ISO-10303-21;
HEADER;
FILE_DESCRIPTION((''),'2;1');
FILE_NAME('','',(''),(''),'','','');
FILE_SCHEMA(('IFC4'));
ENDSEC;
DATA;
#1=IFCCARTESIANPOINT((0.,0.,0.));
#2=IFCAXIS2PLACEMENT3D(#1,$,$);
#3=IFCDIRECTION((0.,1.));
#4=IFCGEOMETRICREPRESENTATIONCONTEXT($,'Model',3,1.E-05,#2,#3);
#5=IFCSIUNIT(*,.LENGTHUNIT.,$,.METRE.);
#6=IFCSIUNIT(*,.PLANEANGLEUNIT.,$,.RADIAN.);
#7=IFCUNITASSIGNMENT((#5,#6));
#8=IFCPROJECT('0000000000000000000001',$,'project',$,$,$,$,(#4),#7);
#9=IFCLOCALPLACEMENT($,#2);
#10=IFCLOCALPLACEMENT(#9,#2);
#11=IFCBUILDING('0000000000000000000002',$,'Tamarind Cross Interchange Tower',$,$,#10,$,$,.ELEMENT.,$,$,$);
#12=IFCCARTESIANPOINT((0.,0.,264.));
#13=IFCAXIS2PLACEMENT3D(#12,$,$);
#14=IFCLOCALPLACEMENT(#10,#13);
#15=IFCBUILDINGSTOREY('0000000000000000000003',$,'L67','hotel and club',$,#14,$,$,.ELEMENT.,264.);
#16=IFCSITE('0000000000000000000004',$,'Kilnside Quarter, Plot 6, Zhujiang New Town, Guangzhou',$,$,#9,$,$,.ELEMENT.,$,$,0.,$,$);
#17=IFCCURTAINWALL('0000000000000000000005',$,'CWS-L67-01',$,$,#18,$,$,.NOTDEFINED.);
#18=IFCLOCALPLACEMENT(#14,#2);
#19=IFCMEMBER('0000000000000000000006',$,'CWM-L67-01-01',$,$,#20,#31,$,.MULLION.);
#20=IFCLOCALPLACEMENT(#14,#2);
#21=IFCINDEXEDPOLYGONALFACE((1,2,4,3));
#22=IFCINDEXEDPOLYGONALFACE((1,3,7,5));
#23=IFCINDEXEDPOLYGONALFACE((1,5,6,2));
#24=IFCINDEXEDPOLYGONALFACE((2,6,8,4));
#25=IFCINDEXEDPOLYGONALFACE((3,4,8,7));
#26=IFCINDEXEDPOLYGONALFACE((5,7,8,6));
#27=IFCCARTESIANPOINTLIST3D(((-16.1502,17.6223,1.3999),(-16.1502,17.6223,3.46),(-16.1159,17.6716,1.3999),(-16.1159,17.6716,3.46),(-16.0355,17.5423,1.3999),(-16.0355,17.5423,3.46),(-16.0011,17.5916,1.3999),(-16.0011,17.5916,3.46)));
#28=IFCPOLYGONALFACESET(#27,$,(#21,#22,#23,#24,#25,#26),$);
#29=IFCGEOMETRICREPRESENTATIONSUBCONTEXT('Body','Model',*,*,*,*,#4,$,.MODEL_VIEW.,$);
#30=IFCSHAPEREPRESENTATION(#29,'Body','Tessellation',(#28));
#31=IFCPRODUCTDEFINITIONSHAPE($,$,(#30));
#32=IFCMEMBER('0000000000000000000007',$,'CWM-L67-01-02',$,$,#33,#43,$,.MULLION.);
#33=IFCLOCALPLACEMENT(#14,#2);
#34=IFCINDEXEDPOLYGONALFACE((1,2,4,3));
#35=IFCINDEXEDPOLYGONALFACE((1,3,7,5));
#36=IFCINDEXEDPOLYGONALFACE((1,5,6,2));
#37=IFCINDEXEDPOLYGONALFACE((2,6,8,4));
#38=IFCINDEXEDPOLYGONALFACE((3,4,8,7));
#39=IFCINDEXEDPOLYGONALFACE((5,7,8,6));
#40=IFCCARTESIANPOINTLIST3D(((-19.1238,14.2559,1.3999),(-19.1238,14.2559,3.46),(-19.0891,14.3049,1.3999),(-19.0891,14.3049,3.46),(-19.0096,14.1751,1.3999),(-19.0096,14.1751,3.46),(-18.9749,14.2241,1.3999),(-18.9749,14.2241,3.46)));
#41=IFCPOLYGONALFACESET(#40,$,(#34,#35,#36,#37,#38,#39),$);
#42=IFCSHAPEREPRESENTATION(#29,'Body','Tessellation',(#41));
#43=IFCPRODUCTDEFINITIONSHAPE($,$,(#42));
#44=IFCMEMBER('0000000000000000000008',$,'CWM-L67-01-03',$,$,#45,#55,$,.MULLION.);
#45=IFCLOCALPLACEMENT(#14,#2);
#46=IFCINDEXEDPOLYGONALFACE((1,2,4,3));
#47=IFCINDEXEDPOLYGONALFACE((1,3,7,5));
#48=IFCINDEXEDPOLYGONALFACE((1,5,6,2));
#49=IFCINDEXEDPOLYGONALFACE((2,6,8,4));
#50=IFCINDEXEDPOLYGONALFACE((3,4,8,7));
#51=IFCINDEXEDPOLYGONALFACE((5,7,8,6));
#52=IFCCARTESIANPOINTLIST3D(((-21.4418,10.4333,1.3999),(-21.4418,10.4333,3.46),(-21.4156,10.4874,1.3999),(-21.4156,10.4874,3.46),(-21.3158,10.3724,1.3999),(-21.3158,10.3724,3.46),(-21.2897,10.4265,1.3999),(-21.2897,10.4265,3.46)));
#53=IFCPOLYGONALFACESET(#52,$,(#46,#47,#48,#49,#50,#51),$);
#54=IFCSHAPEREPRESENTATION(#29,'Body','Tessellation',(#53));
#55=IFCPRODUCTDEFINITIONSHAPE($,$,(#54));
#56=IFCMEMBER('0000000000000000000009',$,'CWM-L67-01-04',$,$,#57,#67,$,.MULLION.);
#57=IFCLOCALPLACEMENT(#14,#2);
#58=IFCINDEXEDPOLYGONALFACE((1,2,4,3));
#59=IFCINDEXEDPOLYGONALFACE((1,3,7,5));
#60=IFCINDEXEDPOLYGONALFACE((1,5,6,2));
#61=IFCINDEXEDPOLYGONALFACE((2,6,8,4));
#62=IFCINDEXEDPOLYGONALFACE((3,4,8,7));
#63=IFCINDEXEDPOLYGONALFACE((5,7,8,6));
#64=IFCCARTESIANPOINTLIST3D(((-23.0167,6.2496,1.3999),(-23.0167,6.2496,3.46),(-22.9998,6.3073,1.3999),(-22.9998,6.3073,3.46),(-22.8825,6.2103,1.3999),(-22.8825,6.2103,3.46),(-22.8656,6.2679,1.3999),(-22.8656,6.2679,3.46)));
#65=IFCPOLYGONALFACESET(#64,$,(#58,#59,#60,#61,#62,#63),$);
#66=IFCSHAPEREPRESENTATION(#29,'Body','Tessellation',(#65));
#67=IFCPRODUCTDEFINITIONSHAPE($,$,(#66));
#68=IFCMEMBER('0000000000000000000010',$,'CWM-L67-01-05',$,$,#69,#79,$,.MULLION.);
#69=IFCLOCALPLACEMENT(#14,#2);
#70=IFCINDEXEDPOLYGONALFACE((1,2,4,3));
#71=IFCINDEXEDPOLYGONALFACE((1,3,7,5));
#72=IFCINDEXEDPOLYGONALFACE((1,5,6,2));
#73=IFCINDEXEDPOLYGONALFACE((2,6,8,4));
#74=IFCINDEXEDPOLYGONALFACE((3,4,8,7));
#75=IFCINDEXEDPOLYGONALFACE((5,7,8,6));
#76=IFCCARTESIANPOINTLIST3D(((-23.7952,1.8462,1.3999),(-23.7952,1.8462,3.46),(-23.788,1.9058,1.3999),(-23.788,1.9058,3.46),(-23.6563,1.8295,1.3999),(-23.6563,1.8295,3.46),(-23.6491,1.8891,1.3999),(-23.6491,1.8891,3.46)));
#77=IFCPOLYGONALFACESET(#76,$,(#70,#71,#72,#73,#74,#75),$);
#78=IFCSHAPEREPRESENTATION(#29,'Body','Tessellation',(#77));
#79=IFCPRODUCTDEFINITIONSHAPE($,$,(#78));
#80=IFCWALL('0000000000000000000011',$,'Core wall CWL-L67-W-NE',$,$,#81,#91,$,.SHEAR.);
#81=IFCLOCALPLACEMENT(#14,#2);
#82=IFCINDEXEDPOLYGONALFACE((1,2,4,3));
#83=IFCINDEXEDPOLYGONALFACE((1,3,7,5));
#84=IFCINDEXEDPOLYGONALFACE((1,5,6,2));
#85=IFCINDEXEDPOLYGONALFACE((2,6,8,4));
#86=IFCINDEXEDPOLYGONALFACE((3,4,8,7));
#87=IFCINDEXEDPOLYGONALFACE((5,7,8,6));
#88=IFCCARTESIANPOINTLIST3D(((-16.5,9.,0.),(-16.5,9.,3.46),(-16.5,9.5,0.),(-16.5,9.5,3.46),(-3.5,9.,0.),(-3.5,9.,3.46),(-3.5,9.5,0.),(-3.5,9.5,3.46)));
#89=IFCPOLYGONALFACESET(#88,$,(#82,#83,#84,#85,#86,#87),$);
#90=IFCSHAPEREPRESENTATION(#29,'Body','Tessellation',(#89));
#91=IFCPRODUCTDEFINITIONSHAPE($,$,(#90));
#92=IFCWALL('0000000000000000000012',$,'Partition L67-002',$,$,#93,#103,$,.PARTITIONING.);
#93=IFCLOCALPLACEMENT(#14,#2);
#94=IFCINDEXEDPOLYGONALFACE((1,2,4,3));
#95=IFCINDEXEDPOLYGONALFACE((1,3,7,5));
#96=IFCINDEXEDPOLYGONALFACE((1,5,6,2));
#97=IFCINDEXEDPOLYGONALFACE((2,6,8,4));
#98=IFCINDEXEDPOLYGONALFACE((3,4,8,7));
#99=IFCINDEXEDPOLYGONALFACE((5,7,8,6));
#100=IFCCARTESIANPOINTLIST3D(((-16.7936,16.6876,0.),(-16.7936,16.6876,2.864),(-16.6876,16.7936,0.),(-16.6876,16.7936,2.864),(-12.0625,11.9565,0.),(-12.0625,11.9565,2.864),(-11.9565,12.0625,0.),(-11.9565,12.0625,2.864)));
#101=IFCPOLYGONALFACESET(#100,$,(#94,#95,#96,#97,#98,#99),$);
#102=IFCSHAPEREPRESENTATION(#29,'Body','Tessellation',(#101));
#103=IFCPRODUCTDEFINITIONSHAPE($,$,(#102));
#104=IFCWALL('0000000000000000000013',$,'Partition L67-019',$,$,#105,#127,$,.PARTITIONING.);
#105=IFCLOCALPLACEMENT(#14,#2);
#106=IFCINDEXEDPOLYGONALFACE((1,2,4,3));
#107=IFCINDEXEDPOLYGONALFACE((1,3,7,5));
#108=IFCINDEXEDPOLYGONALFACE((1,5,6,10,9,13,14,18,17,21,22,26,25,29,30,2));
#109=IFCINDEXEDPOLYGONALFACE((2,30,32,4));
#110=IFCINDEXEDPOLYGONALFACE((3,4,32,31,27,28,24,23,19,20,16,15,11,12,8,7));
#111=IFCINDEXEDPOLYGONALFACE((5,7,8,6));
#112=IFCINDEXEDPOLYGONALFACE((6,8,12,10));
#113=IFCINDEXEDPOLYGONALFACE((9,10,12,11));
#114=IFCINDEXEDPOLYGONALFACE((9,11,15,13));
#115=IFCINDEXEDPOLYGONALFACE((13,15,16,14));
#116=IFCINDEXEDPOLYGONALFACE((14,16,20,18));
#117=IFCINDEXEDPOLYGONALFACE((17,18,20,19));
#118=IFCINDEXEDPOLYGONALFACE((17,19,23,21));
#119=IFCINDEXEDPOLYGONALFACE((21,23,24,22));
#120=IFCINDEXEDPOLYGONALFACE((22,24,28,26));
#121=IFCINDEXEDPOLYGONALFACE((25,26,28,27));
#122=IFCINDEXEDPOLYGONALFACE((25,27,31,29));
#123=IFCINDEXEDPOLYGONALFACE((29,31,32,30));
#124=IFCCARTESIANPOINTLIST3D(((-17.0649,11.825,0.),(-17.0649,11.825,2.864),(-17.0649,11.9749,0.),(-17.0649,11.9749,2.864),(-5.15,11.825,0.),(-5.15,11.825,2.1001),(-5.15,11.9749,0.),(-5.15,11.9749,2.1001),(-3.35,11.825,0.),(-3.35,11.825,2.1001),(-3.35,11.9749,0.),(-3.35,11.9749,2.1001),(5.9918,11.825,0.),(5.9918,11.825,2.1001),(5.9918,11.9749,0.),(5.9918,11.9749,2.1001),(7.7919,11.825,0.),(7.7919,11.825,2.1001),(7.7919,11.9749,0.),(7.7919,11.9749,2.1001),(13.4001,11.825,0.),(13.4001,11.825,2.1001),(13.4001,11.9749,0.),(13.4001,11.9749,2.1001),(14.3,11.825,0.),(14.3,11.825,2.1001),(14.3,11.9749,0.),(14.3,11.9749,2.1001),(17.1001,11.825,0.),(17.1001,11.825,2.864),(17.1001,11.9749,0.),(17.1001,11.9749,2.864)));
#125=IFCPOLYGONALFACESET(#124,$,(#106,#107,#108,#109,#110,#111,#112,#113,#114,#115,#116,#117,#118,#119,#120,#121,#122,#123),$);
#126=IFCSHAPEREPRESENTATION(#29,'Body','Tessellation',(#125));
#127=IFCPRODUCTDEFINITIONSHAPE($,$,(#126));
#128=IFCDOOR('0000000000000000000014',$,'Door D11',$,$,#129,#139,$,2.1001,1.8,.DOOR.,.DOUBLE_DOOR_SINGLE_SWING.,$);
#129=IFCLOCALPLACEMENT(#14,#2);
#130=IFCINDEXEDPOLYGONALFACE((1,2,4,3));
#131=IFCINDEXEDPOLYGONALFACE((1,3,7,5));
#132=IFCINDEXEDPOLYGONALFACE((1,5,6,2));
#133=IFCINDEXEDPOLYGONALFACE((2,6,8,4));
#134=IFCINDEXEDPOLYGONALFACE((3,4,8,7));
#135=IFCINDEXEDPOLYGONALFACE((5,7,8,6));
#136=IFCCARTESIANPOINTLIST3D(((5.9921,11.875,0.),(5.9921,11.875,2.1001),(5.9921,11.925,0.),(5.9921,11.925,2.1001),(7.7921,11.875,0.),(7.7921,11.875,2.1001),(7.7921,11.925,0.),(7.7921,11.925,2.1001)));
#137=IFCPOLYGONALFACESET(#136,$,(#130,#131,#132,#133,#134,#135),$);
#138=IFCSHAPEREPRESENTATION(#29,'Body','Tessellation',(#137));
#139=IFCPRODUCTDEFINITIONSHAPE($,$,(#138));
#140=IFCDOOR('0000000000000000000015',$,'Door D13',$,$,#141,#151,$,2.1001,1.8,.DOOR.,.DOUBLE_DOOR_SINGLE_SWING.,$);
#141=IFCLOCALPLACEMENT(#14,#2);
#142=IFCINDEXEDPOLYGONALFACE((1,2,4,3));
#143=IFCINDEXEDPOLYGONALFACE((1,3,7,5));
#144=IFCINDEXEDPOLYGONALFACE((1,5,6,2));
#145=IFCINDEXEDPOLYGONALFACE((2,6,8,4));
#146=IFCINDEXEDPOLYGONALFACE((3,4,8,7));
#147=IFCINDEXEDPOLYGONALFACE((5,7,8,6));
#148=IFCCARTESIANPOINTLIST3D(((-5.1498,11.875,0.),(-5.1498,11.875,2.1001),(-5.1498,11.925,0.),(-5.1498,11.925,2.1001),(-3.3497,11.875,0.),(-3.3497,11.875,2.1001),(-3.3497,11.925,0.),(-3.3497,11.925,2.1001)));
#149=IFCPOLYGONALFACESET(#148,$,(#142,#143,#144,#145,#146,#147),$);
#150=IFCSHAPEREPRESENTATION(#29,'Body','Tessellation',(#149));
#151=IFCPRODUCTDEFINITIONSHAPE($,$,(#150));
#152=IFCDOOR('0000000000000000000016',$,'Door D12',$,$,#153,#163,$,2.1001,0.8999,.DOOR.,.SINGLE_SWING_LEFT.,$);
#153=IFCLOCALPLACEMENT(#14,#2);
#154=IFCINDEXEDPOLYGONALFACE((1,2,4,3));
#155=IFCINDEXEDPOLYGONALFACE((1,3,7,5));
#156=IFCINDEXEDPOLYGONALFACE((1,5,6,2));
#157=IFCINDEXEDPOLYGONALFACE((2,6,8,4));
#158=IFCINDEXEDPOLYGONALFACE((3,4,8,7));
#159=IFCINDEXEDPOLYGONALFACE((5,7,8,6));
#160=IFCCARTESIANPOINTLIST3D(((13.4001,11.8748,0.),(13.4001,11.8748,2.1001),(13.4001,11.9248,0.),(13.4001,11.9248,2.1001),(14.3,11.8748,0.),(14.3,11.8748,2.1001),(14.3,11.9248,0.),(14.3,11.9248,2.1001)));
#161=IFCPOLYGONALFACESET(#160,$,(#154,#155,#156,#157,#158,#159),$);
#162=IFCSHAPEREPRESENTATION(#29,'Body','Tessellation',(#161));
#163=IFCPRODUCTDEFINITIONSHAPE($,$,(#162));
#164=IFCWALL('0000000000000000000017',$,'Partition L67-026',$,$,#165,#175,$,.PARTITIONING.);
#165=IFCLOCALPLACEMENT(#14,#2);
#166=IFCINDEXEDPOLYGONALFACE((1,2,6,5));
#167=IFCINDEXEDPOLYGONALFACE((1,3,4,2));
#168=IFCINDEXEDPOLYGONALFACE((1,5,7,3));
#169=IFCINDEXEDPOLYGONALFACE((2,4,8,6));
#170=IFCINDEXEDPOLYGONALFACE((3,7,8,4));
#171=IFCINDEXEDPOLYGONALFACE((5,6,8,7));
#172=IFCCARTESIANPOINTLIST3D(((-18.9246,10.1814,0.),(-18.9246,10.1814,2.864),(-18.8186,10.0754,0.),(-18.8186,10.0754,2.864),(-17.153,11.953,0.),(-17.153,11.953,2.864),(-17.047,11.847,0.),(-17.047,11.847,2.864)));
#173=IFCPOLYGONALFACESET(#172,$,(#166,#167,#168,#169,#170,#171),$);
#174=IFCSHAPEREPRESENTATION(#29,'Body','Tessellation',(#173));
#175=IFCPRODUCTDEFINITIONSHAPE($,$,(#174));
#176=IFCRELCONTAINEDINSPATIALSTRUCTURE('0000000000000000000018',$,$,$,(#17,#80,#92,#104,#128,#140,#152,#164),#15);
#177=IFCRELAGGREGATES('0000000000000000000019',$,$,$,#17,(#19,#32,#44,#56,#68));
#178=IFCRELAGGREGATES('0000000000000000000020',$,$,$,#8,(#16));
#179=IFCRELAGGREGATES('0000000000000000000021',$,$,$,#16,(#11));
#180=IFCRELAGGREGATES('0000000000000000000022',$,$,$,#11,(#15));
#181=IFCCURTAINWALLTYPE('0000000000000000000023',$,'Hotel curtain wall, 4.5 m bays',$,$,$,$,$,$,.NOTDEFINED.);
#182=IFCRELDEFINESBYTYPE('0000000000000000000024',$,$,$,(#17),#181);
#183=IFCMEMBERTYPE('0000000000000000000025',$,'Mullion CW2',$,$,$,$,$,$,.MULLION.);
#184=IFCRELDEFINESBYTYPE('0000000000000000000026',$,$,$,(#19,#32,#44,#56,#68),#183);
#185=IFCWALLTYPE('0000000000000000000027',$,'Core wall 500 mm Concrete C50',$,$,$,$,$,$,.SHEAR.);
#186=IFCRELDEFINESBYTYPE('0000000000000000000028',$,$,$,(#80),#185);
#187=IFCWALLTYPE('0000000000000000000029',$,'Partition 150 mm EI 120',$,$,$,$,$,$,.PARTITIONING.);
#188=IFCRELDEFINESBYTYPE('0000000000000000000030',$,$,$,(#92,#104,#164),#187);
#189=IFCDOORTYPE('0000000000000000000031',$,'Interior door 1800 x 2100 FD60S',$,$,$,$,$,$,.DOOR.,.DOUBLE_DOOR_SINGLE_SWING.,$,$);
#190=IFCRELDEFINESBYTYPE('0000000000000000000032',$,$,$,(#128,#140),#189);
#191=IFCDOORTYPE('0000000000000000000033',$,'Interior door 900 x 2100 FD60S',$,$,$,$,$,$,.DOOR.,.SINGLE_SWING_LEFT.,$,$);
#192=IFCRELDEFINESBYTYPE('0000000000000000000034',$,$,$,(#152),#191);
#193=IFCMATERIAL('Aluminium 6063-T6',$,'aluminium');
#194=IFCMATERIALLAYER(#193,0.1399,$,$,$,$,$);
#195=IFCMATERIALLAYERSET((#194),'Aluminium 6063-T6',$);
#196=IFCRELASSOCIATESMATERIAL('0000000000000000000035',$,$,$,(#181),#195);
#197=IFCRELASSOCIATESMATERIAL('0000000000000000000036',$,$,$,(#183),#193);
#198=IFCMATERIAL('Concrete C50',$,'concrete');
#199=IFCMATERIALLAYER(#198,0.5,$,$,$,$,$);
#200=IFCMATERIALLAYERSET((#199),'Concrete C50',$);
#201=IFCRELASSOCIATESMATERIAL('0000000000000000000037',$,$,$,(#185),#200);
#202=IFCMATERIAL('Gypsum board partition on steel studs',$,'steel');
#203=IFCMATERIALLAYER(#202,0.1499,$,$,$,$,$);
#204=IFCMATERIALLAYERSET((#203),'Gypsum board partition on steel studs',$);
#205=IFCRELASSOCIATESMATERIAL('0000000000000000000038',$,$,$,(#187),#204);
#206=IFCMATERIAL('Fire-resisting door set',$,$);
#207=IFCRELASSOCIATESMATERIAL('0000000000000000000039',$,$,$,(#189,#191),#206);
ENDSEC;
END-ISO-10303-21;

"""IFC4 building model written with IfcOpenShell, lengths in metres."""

from ifc_helpers import new_model, si_unit, direction, frame, frame_2d, origin, origin_2d, place, context, subcontext, project, spatial, rectangle, extrude, material, layer, layer_set, material_profile, profile_set, type_object, element, fill, aggregate, save


model = new_model("IFC4")

# Units and contexts
model_context = context("Model", 3, precision=1e-05, world=origin(), true_north=direction((0.0, 1.0)))
body_context = subcontext(model_context, "Body", "Model", "MODEL_VIEW")
ifc_project = project(units=[si_unit("LENGTHUNIT", "METRE"), si_unit("PLANEANGLEUNIT", "RADIAN")], contexts=[model_context])

# Site, building, storey
site_placement = place(None, origin())
site = spatial("IfcSite", under=ifc_project, at=site_placement, Name="Kilnside Quarter, Plot 6, Zhujiang New Town, Guangzhou", CompositionType="ELEMENT", RefElevation=0.0)
building_placement = place(site_placement, origin())
building = spatial("IfcBuilding", under=site, at=building_placement, Name="Tamarind Cross Interchange Tower", CompositionType="ELEMENT")
storey_placement = place(building_placement, frame((0.0, 0.0, 264.0)))
storey = spatial("IfcBuildingStorey", under=building, at=storey_placement, Name="L67", Description="hotel and club", CompositionType="ELEMENT", Elevation=264.0)

# Curtain wall, members
ifc_material_1 = material(Name="Aluminium 6063-T6", Category="aluminium")
ifc_layer_1 = layer(ifc_material_1, 0.1399)
ifc_layer_set_1 = layer_set([ifc_layer_1], Name="Aluminium 6063-T6")
curtain_wall_type = type_object("IfcCurtainWallType", Name="Hotel curtain wall, 4.5 m bays", PredefinedType="NOTDEFINED", material=ifc_layer_set_1)
curtain_wall_placement = place(storey_placement, origin())
curtain_wall = element("IfcCurtainWall", 1, at=curtain_wall_placement, inside=storey, type_object=curtain_wall_type, Name="CWS-L67-01", PredefinedType="NOTDEFINED")
ifc_material_profile_1 = material_profile(ifc_material_1, rectangle(XDim=0.0601, YDim=0.1399, at=origin_2d()), Name="Mullion CW2")
ifc_profile_set_1 = profile_set([ifc_material_profile_1], Name="Aluminium 6063-T6")
member_type = type_object("IfcMemberType", Name="Mullion CW2", PredefinedType="MULLION", material=ifc_profile_set_1)
member_1_placement = place(storey_placement, frame((-16.0757, 17.6069, 1.3999), z_axis=(0.0, 0.0, 1.0), x_axis=(-0.571568, -0.820555, 0.0)))
member_1 = element("IfcMember", 2, at=member_1_placement, type_object=member_type, Name="CWM-L67-01-01", PredefinedType="MULLION", context=body_context, shape_type="SweptSolid", body=[
    extrude(rectangle(XDim=0.0601, YDim=0.1399, at=origin_2d()), origin(), (0.0, 0.0, 1.0), 2.0601),
])
member_2_placement = place(storey_placement, frame((-19.0493, 14.24, 1.3999), z_axis=(0.0, 0.0, 1.0), x_axis=(-0.577569, -0.816342, 0.0)))
member_2 = element("IfcMember", 3, at=member_2_placement, type_object=member_type, Name="CWM-L67-01-02", PredefinedType="MULLION", context=body_context, shape_type="SweptSolid", body=[
    extrude(rectangle(XDim=0.0601, YDim=0.1399, at=origin_2d()), origin(), (0.0, 0.0, 1.0), 2.0601),
])
member_3_placement = place(storey_placement, frame((-21.3657, 10.4299, 1.3999), z_axis=(0.0, 0.0, 1.0), x_axis=(-0.435326, -0.900273, 0.0)))
member_3 = element("IfcMember", 4, at=member_3_placement, type_object=member_type, Name="CWM-L67-01-03", PredefinedType="MULLION", context=body_context, shape_type="SweptSolid", body=[
    extrude(rectangle(XDim=0.0601, YDim=0.1399, at=origin_2d()), origin(), (0.0, 0.0, 1.0), 2.0601),
])
member_4_placement = place(storey_placement, frame((-22.9412, 6.2588, 1.3999), z_axis=(0.0, 0.0, 1.0), x_axis=(-0.281209, -0.959647, 0.0)))
member_4 = element("IfcMember", 5, at=member_4_placement, type_object=member_type, Name="CWM-L67-01-04", PredefinedType="MULLION", context=body_context, shape_type="SweptSolid", body=[
    extrude(rectangle(XDim=0.0601, YDim=0.1399, at=origin_2d()), origin(), (0.0, 0.0, 1.0), 2.0601),
])
member_5_placement = place(storey_placement, frame((-23.7222, 1.8677, 1.3999), z_axis=(0.0, 0.0, 1.0), x_axis=(-0.119421, -0.992844, 0.0)))
member_5 = element("IfcMember", 6, at=member_5_placement, type_object=member_type, Name="CWM-L67-01-05", PredefinedType="MULLION", context=body_context, shape_type="SweptSolid", body=[
    extrude(rectangle(XDim=0.0601, YDim=0.1399, at=origin_2d()), origin(), (0.0, 0.0, 1.0), 2.0601),
])
aggregate(curtain_wall, [member_1, member_2, member_3, member_4, member_5])

# Walls
ifc_material_2 = material(Name="Concrete C50", Category="concrete")
ifc_layer_2 = layer(ifc_material_2, 0.5)
ifc_layer_set_2 = layer_set([ifc_layer_2], Name="Concrete C50")
wall_type_1 = type_object("IfcWallType", Name="Core wall 500 mm Concrete C50", PredefinedType="SHEAR", material=ifc_layer_set_2)
wall_1_placement = place(storey_placement, frame((-16.5, 9.25, 0.0), z_axis=(0.0, 0.0, 1.0), x_axis=(1.0, 0.0, 0.0)))
element("IfcWall", 7, at=wall_1_placement, inside=storey, type_object=wall_type_1, Name="Core wall CWL-L67-W-NE", PredefinedType="SHEAR", context=body_context, shape_type="SweptSolid", body=[
    extrude(rectangle(XDim=13.0, YDim=0.5, at=frame_2d((6.5, 0.0))), origin(), (0.0, 0.0, 1.0), 3.46),
])
ifc_material_3 = material(Name="Gypsum board partition on steel studs", Category="steel")
ifc_layer_3 = layer(ifc_material_3, 0.1499)
ifc_layer_set_3 = layer_set([ifc_layer_3], Name="Gypsum board partition on steel studs")
wall_type_2 = type_object("IfcWallType", Name="Partition 150 mm EI 120", PredefinedType="PARTITIONING", material=ifc_layer_set_3)
wall_2_placement = place(storey_placement, frame((-16.7405, 16.7405, 0.0), z_axis=(0.0, 0.0, 1.0), x_axis=(0.707107, -0.707107, 0.0)))
element("IfcWall", 8, at=wall_2_placement, inside=storey, type_object=wall_type_2, Name="Partition L67-002", PredefinedType="PARTITIONING", context=body_context, shape_type="SweptSolid", body=[
    extrude(rectangle(XDim=6.6907, YDim=0.1499, at=frame_2d((3.3452, 0.0))), origin(), (0.0, 0.0, 1.0), 2.864),
])

# Wall, openings, doors
wall_3_placement = place(storey_placement, frame((-17.0649, 11.8999, 0.0), z_axis=(0.0, 0.0, 1.0), x_axis=(1.0, 0.0, 0.0)))
wall_3 = element("IfcWall", 9, at=wall_3_placement, inside=storey, type_object=wall_type_2, Name="Partition L67-019", PredefinedType="PARTITIONING", context=body_context, shape_type="SweptSolid", body=[
    extrude(rectangle(XDim=34.165, YDim=0.1499, at=frame_2d((17.0825, 0.0))), origin(), (0.0, 0.0, 1.0), 2.864),
])
opening_1_placement = place(wall_3_placement, frame((23.0569, 0.0, 0.0)))
opening_1 = element("IfcOpeningElement", 10, at=opening_1_placement, cuts=wall_3, PredefinedType="OPENING", context=body_context, shape_type="SweptSolid", body=[
    extrude(rectangle(XDim=1.8, YDim=2.1001, at=frame_2d((0.8999, 1.05))), frame((0.0, 0.085, 0.0), z_axis=(0.0, -1.0, 0.0), x_axis=(1.0, 0.0, 0.0)), (0.0, 0.0, 1.0), 0.1699),
])
opening_2_placement = place(wall_3_placement, frame((30.4651, 0.0, 0.0)))
opening_2 = element("IfcOpeningElement", 11, at=opening_2_placement, cuts=wall_3, PredefinedType="OPENING", context=body_context, shape_type="SweptSolid", body=[
    extrude(rectangle(XDim=0.8999, YDim=2.1001, at=frame_2d((0.45, 1.05))), frame((0.0, 0.085, 0.0), z_axis=(0.0, -1.0, 0.0), x_axis=(1.0, 0.0, 0.0)), (0.0, 0.0, 1.0), 0.1699),
])
opening_3_placement = place(wall_3_placement, frame((11.915, 0.0, 0.0)))
opening_3 = element("IfcOpeningElement", 12, at=opening_3_placement, cuts=wall_3, PredefinedType="OPENING", context=body_context, shape_type="SweptSolid", body=[
    extrude(rectangle(XDim=1.8, YDim=2.1001, at=frame_2d((0.8999, 1.05))), frame((0.0, 0.085, 0.0), z_axis=(0.0, -1.0, 0.0), x_axis=(1.0, 0.0, 0.0)), (0.0, 0.0, 1.0), 0.1699),
])
ifc_material_4 = material(Name="Fire-resisting door set")
door_type_1 = type_object("IfcDoorType", Name="Interior door 1800 x 2100 FD60S", OperationType="DOUBLE_DOOR_SINGLE_SWING", PredefinedType="DOOR", material=ifc_material_4)
door_1_placement = place(opening_1_placement, frame((1.8, 0.0, 0.0), z_axis=(0.0, 0.0, 1.0), x_axis=(-1.0, 0.0, 0.0)))
door_1 = element("IfcDoor", 13, at=door_1_placement, inside=storey, type_object=door_type_1, Name="Door D11", OperationType="DOUBLE_DOOR_SINGLE_SWING", OverallHeight=2.1001, OverallWidth=1.8, PredefinedType="DOOR", context=body_context, shape_type="SweptSolid", body=[
    extrude(rectangle(XDim=1.8, YDim=2.1001, at=frame_2d((0.8999, 1.05))), frame((0.0, 0.0249, 0.0), z_axis=(0.0, -1.0, 0.0), x_axis=(1.0, 0.0, 0.0)), (0.0, 0.0, 1.0), 0.05),
])
fill(opening_1, door_1)
door_2_placement = place(opening_3_placement, frame((1.8, 0.0, 0.0), z_axis=(0.0, 0.0, 1.0), x_axis=(-1.0, 0.0, 0.0)))
door_2 = element("IfcDoor", 14, at=door_2_placement, inside=storey, type_object=door_type_1, Name="Door D13", OperationType="DOUBLE_DOOR_SINGLE_SWING", OverallHeight=2.1001, OverallWidth=1.8, PredefinedType="DOOR", context=body_context, shape_type="SweptSolid", body=[
    extrude(rectangle(XDim=1.8, YDim=2.1001, at=frame_2d((0.8999, 1.05))), frame((0.0, 0.0249, 0.0), z_axis=(0.0, -1.0, 0.0), x_axis=(1.0, 0.0, 0.0)), (0.0, 0.0, 1.0), 0.05),
])
fill(opening_3, door_2)
door_type_2 = type_object("IfcDoorType", Name="Interior door 900 x 2100 FD60S", OperationType="SINGLE_SWING_LEFT", PredefinedType="DOOR", material=ifc_material_4)
door_3_placement = place(opening_2_placement, origin())
door_3 = element("IfcDoor", 15, at=door_3_placement, inside=storey, type_object=door_type_2, Name="Door D12", OperationType="SINGLE_SWING_LEFT", OverallHeight=2.1001, OverallWidth=0.8999, PredefinedType="DOOR", context=body_context, shape_type="SweptSolid", body=[
    extrude(rectangle(XDim=0.8999, YDim=2.1001, at=frame_2d((0.45, 1.05))), frame((0.0, 0.0249, 0.0), z_axis=(0.0, -1.0, 0.0), x_axis=(1.0, 0.0, 0.0)), (0.0, 0.0, 1.0), 0.05),
])
fill(opening_2, door_3)

# Wall
wall_4_placement = place(storey_placement, frame((-18.8716, 10.1284, 0.0), z_axis=(0.0, 0.0, 1.0), x_axis=(0.707107, 0.707107, 0.0)))
element("IfcWall", 16, at=wall_4_placement, inside=storey, type_object=wall_type_2, Name="Partition L67-026", PredefinedType="PARTITIONING", context=body_context, shape_type="SweptSolid", body=[
    extrude(rectangle(XDim=2.5054, YDim=0.1499, at=frame_2d((1.2527, 0.0))), origin(), (0.0, 0.0, 1.0), 2.864),
])

save(model, "model.ifc")
